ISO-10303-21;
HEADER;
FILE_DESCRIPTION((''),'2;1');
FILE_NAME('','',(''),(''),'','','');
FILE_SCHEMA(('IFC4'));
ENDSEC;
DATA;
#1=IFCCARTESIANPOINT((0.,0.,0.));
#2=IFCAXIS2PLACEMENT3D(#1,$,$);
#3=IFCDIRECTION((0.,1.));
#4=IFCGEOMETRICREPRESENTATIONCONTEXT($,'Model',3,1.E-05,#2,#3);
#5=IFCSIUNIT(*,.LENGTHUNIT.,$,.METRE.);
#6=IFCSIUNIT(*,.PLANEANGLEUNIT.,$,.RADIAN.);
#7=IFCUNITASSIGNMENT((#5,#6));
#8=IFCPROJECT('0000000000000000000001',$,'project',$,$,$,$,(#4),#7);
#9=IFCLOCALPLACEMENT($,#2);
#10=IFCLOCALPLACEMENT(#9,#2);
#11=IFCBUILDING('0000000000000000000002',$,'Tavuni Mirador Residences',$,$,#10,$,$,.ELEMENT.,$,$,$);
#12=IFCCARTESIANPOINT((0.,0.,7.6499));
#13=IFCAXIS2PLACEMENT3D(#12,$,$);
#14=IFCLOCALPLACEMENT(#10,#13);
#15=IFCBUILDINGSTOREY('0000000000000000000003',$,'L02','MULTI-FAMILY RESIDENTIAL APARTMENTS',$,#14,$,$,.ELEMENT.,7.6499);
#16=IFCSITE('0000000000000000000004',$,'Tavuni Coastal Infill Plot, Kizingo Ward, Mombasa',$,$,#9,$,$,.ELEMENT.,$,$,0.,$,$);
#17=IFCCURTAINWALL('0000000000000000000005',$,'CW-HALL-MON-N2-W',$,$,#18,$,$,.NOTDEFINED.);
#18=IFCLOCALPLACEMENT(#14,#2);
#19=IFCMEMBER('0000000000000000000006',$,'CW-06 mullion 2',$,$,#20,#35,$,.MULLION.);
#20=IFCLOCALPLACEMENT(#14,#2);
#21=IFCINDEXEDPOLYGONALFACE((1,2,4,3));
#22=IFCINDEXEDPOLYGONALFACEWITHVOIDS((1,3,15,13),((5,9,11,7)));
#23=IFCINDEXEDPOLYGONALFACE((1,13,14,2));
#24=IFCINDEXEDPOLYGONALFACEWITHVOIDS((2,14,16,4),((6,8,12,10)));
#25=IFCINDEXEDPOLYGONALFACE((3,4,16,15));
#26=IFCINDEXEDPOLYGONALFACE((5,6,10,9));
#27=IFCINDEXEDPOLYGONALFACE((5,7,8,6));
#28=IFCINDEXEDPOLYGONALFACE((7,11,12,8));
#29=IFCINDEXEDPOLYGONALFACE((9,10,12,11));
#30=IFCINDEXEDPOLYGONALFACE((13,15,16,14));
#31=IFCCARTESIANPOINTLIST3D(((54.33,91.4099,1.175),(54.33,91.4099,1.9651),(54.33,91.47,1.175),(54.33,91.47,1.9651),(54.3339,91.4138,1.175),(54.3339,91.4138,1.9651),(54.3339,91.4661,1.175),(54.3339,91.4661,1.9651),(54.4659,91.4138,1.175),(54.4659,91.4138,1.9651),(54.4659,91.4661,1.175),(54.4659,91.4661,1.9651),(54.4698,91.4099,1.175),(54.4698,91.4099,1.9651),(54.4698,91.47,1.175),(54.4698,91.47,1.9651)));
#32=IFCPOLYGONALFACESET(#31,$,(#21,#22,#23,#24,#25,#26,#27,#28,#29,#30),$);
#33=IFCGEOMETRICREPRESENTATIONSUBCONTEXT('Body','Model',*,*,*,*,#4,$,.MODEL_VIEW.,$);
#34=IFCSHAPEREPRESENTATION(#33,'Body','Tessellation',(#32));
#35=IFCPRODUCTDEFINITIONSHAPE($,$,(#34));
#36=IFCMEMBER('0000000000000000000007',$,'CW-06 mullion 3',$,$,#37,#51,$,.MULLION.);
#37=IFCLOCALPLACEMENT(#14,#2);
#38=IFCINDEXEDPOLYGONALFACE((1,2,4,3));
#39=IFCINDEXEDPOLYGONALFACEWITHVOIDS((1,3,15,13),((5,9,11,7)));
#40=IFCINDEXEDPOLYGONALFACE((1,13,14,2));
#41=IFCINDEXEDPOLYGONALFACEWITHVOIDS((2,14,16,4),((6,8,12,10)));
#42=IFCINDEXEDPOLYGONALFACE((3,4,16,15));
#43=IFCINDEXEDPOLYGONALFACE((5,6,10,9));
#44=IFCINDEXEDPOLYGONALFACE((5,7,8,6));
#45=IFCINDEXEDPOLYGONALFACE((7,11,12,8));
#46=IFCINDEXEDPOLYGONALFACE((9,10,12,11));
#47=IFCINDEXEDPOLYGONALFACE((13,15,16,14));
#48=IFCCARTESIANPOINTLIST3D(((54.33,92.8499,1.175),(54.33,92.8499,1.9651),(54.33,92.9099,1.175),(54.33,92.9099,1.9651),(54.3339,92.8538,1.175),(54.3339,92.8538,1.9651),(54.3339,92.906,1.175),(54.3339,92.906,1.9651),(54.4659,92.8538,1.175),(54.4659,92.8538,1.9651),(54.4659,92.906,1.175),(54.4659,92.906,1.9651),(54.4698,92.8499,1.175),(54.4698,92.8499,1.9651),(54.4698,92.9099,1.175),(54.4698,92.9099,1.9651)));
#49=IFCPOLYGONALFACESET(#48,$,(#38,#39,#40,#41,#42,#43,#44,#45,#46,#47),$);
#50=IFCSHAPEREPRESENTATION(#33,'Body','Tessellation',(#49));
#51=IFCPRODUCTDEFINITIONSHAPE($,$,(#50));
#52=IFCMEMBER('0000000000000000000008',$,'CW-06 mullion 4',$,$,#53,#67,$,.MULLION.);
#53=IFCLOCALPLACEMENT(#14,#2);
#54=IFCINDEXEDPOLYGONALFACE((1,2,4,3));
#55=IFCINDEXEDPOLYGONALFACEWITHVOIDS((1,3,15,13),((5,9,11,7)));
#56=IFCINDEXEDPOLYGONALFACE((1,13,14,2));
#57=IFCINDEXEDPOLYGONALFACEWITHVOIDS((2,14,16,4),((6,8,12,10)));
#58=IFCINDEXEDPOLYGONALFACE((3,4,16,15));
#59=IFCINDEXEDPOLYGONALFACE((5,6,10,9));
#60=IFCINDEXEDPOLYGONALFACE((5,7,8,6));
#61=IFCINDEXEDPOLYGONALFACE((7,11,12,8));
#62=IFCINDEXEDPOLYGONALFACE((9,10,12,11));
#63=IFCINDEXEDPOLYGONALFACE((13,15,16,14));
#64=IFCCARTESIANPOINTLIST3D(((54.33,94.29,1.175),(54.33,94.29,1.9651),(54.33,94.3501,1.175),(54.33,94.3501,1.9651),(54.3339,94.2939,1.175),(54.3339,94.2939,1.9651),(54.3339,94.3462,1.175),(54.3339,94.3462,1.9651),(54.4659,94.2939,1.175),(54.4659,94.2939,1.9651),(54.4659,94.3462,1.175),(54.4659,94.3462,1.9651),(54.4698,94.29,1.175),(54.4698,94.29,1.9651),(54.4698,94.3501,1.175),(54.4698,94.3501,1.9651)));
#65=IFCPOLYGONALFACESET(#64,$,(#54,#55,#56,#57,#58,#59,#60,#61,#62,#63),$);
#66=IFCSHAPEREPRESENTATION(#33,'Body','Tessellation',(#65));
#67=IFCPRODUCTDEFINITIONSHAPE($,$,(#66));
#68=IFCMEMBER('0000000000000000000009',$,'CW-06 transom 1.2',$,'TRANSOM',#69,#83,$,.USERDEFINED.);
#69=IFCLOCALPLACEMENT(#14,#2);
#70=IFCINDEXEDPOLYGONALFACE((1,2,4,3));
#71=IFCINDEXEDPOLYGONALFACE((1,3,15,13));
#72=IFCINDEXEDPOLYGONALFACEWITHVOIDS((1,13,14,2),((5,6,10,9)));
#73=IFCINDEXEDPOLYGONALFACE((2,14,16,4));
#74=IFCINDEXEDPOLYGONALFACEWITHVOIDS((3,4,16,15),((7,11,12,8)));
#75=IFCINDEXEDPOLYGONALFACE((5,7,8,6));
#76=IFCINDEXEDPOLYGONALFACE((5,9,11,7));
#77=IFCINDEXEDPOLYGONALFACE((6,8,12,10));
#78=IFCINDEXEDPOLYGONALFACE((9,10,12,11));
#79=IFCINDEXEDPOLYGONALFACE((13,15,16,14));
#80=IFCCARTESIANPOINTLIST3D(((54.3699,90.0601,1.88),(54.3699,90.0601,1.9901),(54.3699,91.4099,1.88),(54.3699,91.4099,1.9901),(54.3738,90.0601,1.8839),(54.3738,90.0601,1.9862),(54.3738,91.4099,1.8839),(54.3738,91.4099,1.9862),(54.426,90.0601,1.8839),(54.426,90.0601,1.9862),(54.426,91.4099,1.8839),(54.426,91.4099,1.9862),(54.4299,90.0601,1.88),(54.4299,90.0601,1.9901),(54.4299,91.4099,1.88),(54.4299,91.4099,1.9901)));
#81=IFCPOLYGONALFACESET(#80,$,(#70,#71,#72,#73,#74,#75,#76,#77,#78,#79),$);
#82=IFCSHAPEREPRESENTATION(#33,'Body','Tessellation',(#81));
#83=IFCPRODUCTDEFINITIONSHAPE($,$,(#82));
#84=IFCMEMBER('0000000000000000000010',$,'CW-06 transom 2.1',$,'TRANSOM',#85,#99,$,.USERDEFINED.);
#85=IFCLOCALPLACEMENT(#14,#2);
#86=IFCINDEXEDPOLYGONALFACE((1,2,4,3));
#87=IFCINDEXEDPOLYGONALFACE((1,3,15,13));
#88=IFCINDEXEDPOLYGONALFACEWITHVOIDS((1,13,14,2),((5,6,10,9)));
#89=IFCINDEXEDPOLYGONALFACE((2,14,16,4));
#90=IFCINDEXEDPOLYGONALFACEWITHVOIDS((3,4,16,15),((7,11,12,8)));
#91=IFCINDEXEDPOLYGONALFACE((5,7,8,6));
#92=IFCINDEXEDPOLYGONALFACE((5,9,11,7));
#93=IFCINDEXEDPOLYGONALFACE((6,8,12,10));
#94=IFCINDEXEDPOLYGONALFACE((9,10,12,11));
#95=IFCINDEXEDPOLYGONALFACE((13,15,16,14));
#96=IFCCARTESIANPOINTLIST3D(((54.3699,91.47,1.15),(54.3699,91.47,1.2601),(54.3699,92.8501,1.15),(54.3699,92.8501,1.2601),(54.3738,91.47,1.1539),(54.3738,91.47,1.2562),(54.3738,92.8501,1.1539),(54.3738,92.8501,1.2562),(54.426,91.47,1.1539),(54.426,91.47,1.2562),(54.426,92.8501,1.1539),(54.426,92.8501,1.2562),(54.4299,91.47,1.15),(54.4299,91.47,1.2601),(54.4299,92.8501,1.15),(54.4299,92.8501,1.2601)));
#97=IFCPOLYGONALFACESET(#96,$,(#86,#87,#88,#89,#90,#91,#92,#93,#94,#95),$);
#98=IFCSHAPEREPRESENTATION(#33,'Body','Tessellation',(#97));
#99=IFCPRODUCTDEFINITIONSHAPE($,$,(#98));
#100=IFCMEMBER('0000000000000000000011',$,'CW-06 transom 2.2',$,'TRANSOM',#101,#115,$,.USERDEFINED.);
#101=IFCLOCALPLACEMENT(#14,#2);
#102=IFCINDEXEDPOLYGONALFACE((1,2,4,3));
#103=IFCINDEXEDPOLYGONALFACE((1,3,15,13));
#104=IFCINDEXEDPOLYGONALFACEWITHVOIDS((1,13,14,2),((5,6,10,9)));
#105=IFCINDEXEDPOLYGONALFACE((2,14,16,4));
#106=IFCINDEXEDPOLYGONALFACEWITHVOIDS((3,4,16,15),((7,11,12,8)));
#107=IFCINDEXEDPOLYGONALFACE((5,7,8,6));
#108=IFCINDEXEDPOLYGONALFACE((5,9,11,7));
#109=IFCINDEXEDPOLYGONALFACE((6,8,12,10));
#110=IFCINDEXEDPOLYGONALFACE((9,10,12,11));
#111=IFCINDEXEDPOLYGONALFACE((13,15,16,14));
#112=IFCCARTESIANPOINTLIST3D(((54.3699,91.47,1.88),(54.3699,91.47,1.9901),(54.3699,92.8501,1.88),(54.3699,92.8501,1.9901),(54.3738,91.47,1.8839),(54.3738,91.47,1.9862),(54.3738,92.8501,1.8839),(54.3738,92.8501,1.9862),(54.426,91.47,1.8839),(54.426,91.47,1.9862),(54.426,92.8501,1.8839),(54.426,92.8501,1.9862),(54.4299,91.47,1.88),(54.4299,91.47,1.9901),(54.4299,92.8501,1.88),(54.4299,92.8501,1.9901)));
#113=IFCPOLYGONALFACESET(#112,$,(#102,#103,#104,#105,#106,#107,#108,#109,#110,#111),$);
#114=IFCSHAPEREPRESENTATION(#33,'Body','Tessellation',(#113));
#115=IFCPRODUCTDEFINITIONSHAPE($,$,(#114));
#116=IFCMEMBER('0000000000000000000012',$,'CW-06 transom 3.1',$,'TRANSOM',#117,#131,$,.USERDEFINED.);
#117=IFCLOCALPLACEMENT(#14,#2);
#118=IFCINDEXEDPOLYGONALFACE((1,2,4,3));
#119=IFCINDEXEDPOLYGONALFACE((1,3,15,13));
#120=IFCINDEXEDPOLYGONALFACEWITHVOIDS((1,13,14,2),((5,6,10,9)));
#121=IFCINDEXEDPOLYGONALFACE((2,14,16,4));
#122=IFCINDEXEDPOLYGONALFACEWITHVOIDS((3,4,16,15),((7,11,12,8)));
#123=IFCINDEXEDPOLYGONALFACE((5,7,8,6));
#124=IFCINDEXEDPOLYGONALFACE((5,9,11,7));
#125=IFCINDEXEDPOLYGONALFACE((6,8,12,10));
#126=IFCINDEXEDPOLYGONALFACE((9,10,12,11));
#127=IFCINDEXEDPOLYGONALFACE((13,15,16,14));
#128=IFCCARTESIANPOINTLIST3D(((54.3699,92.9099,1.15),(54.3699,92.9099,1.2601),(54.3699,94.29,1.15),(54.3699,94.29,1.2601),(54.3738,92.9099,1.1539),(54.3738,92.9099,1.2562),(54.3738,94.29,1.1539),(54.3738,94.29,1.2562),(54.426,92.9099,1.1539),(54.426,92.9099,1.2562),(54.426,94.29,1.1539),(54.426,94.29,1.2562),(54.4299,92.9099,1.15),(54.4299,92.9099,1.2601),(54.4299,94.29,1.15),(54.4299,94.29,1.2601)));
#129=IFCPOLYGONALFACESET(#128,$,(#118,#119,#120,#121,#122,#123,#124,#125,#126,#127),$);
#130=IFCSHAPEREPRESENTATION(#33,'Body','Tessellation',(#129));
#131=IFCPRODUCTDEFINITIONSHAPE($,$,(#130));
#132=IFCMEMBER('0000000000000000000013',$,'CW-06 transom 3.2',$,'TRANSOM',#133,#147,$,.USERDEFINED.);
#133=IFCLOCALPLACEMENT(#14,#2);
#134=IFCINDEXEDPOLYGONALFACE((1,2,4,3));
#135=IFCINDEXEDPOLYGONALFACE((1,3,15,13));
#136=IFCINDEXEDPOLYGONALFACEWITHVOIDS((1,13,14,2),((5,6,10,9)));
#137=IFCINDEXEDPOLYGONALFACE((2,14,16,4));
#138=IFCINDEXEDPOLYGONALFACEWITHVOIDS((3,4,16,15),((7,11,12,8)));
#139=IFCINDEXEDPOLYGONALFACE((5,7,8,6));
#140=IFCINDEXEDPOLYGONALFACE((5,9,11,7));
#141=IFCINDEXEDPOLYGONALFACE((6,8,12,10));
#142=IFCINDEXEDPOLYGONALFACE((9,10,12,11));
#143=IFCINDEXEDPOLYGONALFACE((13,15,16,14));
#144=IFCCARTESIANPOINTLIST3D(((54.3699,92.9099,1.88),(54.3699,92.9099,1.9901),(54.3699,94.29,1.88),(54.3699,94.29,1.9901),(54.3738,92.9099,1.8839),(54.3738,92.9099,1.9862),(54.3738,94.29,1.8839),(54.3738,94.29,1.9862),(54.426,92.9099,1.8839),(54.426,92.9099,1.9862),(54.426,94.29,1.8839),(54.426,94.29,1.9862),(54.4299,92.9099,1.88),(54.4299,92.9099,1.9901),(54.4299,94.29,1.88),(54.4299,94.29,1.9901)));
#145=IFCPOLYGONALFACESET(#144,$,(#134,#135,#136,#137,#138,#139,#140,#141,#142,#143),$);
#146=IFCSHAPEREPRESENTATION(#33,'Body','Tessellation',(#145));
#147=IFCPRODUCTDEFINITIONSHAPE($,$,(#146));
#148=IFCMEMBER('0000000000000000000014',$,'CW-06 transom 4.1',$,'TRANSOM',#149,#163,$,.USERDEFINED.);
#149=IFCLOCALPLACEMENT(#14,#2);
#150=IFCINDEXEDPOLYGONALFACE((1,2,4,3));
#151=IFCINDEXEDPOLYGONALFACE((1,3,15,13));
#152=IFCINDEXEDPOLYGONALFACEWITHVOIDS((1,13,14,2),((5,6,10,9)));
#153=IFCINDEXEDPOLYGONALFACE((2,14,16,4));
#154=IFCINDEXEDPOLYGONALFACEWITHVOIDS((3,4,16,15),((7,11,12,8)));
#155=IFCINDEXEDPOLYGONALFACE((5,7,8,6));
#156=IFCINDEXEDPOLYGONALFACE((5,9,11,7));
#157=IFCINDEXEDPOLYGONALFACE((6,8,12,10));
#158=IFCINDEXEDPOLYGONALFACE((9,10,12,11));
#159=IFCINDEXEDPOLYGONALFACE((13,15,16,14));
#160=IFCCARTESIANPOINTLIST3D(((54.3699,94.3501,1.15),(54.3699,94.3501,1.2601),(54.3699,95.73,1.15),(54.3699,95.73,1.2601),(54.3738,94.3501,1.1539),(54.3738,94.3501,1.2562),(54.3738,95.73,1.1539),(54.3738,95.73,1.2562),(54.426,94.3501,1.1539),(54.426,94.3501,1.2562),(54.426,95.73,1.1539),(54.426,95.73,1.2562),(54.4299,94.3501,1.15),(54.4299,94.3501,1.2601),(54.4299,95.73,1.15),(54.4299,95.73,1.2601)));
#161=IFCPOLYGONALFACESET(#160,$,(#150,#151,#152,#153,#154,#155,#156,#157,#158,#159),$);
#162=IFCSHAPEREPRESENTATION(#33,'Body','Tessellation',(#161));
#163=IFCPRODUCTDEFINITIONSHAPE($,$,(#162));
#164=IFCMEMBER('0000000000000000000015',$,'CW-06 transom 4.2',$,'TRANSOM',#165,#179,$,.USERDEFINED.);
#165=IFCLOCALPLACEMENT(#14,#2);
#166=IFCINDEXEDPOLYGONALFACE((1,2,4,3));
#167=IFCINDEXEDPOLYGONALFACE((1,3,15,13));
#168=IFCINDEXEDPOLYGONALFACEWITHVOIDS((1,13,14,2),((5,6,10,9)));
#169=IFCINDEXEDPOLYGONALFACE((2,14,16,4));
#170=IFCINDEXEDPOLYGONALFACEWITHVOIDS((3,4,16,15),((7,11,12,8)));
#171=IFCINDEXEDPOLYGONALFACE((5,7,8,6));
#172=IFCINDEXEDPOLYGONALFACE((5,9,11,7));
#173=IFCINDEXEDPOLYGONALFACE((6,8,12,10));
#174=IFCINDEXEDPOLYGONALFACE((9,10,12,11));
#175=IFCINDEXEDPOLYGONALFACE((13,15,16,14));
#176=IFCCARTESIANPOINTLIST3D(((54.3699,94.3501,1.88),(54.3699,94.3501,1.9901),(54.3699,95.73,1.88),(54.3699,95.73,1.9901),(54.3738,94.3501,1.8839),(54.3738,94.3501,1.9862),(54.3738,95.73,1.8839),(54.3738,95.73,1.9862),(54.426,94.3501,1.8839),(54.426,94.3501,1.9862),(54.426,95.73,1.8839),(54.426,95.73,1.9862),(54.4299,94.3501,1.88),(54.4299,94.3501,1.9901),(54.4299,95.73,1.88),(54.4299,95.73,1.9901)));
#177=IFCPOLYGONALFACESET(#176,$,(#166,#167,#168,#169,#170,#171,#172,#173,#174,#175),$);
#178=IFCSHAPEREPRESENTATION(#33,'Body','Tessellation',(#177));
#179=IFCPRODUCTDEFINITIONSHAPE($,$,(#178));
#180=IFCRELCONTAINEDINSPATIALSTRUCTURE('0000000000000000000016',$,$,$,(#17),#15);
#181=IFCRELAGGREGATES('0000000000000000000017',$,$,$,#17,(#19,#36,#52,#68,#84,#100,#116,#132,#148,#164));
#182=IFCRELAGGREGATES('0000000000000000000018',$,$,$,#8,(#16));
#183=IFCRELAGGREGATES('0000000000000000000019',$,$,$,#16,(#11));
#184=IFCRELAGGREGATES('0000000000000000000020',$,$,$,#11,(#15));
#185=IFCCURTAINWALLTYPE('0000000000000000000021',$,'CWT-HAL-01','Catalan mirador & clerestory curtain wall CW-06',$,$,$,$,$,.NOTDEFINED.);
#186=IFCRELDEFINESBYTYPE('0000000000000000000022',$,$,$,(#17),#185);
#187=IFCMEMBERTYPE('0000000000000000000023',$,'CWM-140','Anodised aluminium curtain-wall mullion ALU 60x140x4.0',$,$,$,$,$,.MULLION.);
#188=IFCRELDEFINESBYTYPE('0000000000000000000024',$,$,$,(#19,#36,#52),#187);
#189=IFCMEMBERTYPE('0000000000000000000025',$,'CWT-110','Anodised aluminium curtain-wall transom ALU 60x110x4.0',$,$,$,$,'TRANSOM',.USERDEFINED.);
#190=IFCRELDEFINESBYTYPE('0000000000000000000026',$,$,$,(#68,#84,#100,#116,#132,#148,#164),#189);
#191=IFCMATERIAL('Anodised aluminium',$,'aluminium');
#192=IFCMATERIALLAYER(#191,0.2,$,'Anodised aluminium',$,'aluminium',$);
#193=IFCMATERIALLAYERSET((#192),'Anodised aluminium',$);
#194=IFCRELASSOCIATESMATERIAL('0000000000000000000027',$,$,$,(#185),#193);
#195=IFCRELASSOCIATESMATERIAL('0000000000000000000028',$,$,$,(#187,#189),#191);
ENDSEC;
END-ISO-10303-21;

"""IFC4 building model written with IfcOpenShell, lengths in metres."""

from ifc_helpers import new_model, si_unit, direction, frame, origin, origin_2d, place, context, subcontext, project, spatial, hollow_rectangle, extrude, material, layer, layer_set, material_profile, profile_set, type_object, element, aggregate, save


model = new_model("IFC4")

# Units and contexts
model_context = context("Model", 3, precision=1e-05, world=origin(), true_north=direction((0.0, 1.0)))
body_context = subcontext(model_context, "Body", "Model", "MODEL_VIEW")
ifc_project = project(units=[si_unit("LENGTHUNIT", "METRE"), si_unit("PLANEANGLEUNIT", "RADIAN")], contexts=[model_context])

# Site, building, storey
site_placement = place(None, origin())
site = spatial("IfcSite", under=ifc_project, at=site_placement, Name="Tavuni Coastal Infill Plot, Kizingo Ward, Mombasa", CompositionType="ELEMENT", RefElevation=0.0)
building_placement = place(site_placement, origin())
building = spatial("IfcBuilding", under=site, at=building_placement, Name="Tavuni Mirador Residences", CompositionType="ELEMENT")
storey_placement = place(building_placement, frame((0.0, 0.0, 7.6499)))
storey = spatial("IfcBuildingStorey", under=building, at=storey_placement, Name="L02", Description="MULTI-FAMILY RESIDENTIAL APARTMENTS", CompositionType="ELEMENT", Elevation=7.6499)

# Curtain wall, members
ifc_material_1 = material(Name="Anodised aluminium", Category="aluminium")
ifc_layer_1 = layer(ifc_material_1, 0.2, Name="Anodised aluminium", Category="aluminium")
ifc_layer_set_1 = layer_set([ifc_layer_1], Name="Anodised aluminium")
curtain_wall_type = type_object("IfcCurtainWallType", Name="CWT-HAL-01", Description="Catalan mirador & clerestory curtain wall CW-06", PredefinedType="NOTDEFINED", material=ifc_layer_set_1)
curtain_wall_placement = place(storey_placement, origin())
curtain_wall = element("IfcCurtainWall", 1, at=curtain_wall_placement, inside=storey, type_object=curtain_wall_type, Name="CW-HALL-MON-N2-W", PredefinedType="NOTDEFINED")
ifc_material_profile_1 = material_profile(ifc_material_1, hollow_rectangle(XDim=0.0601, YDim=0.1399, WallThickness=0.0039, at=origin_2d()), Name="ALU 60x140x4.0", Category="aluminium")
ifc_profile_set_1 = profile_set([ifc_material_profile_1], Name="Anodised aluminium")
member_type_1 = type_object("IfcMemberType", Name="CWM-140", Description="Anodised aluminium curtain-wall mullion ALU 60x140x4.0", PredefinedType="MULLION", material=ifc_profile_set_1)
member_1_placement = place(storey_placement, frame((54.3999, 91.4399, 1.175), z_axis=(0.0, 0.0, 1.0), x_axis=(0.0, 1.0, 0.0)))
member_1 = element("IfcMember", 2, at=member_1_placement, type_object=member_type_1, Name="CW-06 mullion 2", PredefinedType="MULLION", context=body_context, shape_type="SweptSolid", body=[
    extrude(hollow_rectangle(XDim=0.0601, YDim=0.1399, WallThickness=0.0039, at=origin_2d()), origin(), (0.0, 0.0, 1.0), 0.79),
])
member_2_placement = place(storey_placement, frame((54.3999, 92.8799, 1.175), z_axis=(0.0, 0.0, 1.0), x_axis=(0.0, 1.0, 0.0)))
member_2 = element("IfcMember", 3, at=member_2_placement, type_object=member_type_1, Name="CW-06 mullion 3", PredefinedType="MULLION", context=body_context, shape_type="SweptSolid", body=[
    extrude(hollow_rectangle(XDim=0.0601, YDim=0.1399, WallThickness=0.0039, at=origin_2d()), origin(), (0.0, 0.0, 1.0), 0.79),
])
member_3_placement = place(storey_placement, frame((54.3999, 94.3201, 1.175), z_axis=(0.0, 0.0, 1.0), x_axis=(0.0, 1.0, 0.0)))
member_3 = element("IfcMember", 4, at=member_3_placement, type_object=member_type_1, Name="CW-06 mullion 4", PredefinedType="MULLION", context=body_context, shape_type="SweptSolid", body=[
    extrude(hollow_rectangle(XDim=0.0601, YDim=0.1399, WallThickness=0.0039, at=origin_2d()), origin(), (0.0, 0.0, 1.0), 0.79),
])
ifc_material_profile_2 = material_profile(ifc_material_1, hollow_rectangle(XDim=0.0601, YDim=0.1101, WallThickness=0.0039, at=origin_2d()), Name="ALU 60x110x4.0", Category="aluminium")
ifc_profile_set_2 = profile_set([ifc_material_profile_2], Name="Anodised aluminium")
member_type_2 = type_object("IfcMemberType", Name="CWT-110", Description="Anodised aluminium curtain-wall transom ALU 60x110x4.0", ElementType="TRANSOM", PredefinedType="USERDEFINED", material=ifc_profile_set_2)
member_4_placement = place(storey_placement, frame((54.3999, 90.0601, 1.9351), z_axis=(0.0, 1.0, 0.0), x_axis=(-1.0, 0.0, 0.0)))
member_4 = element("IfcMember", 5, at=member_4_placement, type_object=member_type_2, Name="CW-06 transom 1.2", ObjectType="TRANSOM", PredefinedType="USERDEFINED", context=body_context, shape_type="SweptSolid", body=[
    extrude(hollow_rectangle(XDim=0.0601, YDim=0.1101, WallThickness=0.0039, at=origin_2d()), origin(), (0.0, 0.0, 1.0), 1.3499),
])
member_5_placement = place(storey_placement, frame((54.3999, 91.47, 1.2051), z_axis=(0.0, 1.0, 0.0), x_axis=(-1.0, 0.0, 0.0)))
member_5 = element("IfcMember", 6, at=member_5_placement, type_object=member_type_2, Name="CW-06 transom 2.1", ObjectType="TRANSOM", PredefinedType="USERDEFINED", context=body_context, shape_type="SweptSolid", body=[
    extrude(hollow_rectangle(XDim=0.0601, YDim=0.1101, WallThickness=0.0039, at=origin_2d()), origin(), (0.0, 0.0, 1.0), 1.3801),
])
member_6_placement = place(storey_placement, frame((54.3999, 91.47, 1.9351), z_axis=(0.0, 1.0, 0.0), x_axis=(-1.0, 0.0, 0.0)))
member_6 = element("IfcMember", 7, at=member_6_placement, type_object=member_type_2, Name="CW-06 transom 2.2", ObjectType="TRANSOM", PredefinedType="USERDEFINED", context=body_context, shape_type="SweptSolid", body=[
    extrude(hollow_rectangle(XDim=0.0601, YDim=0.1101, WallThickness=0.0039, at=origin_2d()), origin(), (0.0, 0.0, 1.0), 1.3801),
])
member_7_placement = place(storey_placement, frame((54.3999, 92.9099, 1.2051), z_axis=(0.0, 1.0, 0.0), x_axis=(-1.0, 0.0, 0.0)))
member_7 = element("IfcMember", 8, at=member_7_placement, type_object=member_type_2, Name="CW-06 transom 3.1", ObjectType="TRANSOM", PredefinedType="USERDEFINED", context=body_context, shape_type="SweptSolid", body=[
    extrude(hollow_rectangle(XDim=0.0601, YDim=0.1101, WallThickness=0.0039, at=origin_2d()), origin(), (0.0, 0.0, 1.0), 1.3801),
])
member_8_placement = place(storey_placement, frame((54.3999, 92.9099, 1.9351), z_axis=(0.0, 1.0, 0.0), x_axis=(-1.0, 0.0, 0.0)))
member_8 = element("IfcMember", 9, at=member_8_placement, type_object=member_type_2, Name="CW-06 transom 3.2", ObjectType="TRANSOM", PredefinedType="USERDEFINED", context=body_context, shape_type="SweptSolid", body=[
    extrude(hollow_rectangle(XDim=0.0601, YDim=0.1101, WallThickness=0.0039, at=origin_2d()), origin(), (0.0, 0.0, 1.0), 1.3801),
])
member_9_placement = place(storey_placement, frame((54.3999, 94.3501, 1.2051), z_axis=(0.0, 1.0, 0.0), x_axis=(-1.0, 0.0, 0.0)))
member_9 = element("IfcMember", 10, at=member_9_placement, type_object=member_type_2, Name="CW-06 transom 4.1", ObjectType="TRANSOM", PredefinedType="USERDEFINED", context=body_context, shape_type="SweptSolid", body=[
    extrude(hollow_rectangle(XDim=0.0601, YDim=0.1101, WallThickness=0.0039, at=origin_2d()), origin(), (0.0, 0.0, 1.0), 1.3799),
])
member_10_placement = place(storey_placement, frame((54.3999, 94.3501, 1.9351), z_axis=(0.0, 1.0, 0.0), x_axis=(-1.0, 0.0, 0.0)))
member_10 = element("IfcMember", 11, at=member_10_placement, type_object=member_type_2, Name="CW-06 transom 4.2", ObjectType="TRANSOM", PredefinedType="USERDEFINED", context=body_context, shape_type="SweptSolid", body=[
    extrude(hollow_rectangle(XDim=0.0601, YDim=0.1101, WallThickness=0.0039, at=origin_2d()), origin(), (0.0, 0.0, 1.0), 1.3799),
])

aggregate(curtain_wall, [member_1, member_2, member_3, member_4, member_5, member_6, member_7, member_8, member_9, member_10])

save(model, "model.ifc")
